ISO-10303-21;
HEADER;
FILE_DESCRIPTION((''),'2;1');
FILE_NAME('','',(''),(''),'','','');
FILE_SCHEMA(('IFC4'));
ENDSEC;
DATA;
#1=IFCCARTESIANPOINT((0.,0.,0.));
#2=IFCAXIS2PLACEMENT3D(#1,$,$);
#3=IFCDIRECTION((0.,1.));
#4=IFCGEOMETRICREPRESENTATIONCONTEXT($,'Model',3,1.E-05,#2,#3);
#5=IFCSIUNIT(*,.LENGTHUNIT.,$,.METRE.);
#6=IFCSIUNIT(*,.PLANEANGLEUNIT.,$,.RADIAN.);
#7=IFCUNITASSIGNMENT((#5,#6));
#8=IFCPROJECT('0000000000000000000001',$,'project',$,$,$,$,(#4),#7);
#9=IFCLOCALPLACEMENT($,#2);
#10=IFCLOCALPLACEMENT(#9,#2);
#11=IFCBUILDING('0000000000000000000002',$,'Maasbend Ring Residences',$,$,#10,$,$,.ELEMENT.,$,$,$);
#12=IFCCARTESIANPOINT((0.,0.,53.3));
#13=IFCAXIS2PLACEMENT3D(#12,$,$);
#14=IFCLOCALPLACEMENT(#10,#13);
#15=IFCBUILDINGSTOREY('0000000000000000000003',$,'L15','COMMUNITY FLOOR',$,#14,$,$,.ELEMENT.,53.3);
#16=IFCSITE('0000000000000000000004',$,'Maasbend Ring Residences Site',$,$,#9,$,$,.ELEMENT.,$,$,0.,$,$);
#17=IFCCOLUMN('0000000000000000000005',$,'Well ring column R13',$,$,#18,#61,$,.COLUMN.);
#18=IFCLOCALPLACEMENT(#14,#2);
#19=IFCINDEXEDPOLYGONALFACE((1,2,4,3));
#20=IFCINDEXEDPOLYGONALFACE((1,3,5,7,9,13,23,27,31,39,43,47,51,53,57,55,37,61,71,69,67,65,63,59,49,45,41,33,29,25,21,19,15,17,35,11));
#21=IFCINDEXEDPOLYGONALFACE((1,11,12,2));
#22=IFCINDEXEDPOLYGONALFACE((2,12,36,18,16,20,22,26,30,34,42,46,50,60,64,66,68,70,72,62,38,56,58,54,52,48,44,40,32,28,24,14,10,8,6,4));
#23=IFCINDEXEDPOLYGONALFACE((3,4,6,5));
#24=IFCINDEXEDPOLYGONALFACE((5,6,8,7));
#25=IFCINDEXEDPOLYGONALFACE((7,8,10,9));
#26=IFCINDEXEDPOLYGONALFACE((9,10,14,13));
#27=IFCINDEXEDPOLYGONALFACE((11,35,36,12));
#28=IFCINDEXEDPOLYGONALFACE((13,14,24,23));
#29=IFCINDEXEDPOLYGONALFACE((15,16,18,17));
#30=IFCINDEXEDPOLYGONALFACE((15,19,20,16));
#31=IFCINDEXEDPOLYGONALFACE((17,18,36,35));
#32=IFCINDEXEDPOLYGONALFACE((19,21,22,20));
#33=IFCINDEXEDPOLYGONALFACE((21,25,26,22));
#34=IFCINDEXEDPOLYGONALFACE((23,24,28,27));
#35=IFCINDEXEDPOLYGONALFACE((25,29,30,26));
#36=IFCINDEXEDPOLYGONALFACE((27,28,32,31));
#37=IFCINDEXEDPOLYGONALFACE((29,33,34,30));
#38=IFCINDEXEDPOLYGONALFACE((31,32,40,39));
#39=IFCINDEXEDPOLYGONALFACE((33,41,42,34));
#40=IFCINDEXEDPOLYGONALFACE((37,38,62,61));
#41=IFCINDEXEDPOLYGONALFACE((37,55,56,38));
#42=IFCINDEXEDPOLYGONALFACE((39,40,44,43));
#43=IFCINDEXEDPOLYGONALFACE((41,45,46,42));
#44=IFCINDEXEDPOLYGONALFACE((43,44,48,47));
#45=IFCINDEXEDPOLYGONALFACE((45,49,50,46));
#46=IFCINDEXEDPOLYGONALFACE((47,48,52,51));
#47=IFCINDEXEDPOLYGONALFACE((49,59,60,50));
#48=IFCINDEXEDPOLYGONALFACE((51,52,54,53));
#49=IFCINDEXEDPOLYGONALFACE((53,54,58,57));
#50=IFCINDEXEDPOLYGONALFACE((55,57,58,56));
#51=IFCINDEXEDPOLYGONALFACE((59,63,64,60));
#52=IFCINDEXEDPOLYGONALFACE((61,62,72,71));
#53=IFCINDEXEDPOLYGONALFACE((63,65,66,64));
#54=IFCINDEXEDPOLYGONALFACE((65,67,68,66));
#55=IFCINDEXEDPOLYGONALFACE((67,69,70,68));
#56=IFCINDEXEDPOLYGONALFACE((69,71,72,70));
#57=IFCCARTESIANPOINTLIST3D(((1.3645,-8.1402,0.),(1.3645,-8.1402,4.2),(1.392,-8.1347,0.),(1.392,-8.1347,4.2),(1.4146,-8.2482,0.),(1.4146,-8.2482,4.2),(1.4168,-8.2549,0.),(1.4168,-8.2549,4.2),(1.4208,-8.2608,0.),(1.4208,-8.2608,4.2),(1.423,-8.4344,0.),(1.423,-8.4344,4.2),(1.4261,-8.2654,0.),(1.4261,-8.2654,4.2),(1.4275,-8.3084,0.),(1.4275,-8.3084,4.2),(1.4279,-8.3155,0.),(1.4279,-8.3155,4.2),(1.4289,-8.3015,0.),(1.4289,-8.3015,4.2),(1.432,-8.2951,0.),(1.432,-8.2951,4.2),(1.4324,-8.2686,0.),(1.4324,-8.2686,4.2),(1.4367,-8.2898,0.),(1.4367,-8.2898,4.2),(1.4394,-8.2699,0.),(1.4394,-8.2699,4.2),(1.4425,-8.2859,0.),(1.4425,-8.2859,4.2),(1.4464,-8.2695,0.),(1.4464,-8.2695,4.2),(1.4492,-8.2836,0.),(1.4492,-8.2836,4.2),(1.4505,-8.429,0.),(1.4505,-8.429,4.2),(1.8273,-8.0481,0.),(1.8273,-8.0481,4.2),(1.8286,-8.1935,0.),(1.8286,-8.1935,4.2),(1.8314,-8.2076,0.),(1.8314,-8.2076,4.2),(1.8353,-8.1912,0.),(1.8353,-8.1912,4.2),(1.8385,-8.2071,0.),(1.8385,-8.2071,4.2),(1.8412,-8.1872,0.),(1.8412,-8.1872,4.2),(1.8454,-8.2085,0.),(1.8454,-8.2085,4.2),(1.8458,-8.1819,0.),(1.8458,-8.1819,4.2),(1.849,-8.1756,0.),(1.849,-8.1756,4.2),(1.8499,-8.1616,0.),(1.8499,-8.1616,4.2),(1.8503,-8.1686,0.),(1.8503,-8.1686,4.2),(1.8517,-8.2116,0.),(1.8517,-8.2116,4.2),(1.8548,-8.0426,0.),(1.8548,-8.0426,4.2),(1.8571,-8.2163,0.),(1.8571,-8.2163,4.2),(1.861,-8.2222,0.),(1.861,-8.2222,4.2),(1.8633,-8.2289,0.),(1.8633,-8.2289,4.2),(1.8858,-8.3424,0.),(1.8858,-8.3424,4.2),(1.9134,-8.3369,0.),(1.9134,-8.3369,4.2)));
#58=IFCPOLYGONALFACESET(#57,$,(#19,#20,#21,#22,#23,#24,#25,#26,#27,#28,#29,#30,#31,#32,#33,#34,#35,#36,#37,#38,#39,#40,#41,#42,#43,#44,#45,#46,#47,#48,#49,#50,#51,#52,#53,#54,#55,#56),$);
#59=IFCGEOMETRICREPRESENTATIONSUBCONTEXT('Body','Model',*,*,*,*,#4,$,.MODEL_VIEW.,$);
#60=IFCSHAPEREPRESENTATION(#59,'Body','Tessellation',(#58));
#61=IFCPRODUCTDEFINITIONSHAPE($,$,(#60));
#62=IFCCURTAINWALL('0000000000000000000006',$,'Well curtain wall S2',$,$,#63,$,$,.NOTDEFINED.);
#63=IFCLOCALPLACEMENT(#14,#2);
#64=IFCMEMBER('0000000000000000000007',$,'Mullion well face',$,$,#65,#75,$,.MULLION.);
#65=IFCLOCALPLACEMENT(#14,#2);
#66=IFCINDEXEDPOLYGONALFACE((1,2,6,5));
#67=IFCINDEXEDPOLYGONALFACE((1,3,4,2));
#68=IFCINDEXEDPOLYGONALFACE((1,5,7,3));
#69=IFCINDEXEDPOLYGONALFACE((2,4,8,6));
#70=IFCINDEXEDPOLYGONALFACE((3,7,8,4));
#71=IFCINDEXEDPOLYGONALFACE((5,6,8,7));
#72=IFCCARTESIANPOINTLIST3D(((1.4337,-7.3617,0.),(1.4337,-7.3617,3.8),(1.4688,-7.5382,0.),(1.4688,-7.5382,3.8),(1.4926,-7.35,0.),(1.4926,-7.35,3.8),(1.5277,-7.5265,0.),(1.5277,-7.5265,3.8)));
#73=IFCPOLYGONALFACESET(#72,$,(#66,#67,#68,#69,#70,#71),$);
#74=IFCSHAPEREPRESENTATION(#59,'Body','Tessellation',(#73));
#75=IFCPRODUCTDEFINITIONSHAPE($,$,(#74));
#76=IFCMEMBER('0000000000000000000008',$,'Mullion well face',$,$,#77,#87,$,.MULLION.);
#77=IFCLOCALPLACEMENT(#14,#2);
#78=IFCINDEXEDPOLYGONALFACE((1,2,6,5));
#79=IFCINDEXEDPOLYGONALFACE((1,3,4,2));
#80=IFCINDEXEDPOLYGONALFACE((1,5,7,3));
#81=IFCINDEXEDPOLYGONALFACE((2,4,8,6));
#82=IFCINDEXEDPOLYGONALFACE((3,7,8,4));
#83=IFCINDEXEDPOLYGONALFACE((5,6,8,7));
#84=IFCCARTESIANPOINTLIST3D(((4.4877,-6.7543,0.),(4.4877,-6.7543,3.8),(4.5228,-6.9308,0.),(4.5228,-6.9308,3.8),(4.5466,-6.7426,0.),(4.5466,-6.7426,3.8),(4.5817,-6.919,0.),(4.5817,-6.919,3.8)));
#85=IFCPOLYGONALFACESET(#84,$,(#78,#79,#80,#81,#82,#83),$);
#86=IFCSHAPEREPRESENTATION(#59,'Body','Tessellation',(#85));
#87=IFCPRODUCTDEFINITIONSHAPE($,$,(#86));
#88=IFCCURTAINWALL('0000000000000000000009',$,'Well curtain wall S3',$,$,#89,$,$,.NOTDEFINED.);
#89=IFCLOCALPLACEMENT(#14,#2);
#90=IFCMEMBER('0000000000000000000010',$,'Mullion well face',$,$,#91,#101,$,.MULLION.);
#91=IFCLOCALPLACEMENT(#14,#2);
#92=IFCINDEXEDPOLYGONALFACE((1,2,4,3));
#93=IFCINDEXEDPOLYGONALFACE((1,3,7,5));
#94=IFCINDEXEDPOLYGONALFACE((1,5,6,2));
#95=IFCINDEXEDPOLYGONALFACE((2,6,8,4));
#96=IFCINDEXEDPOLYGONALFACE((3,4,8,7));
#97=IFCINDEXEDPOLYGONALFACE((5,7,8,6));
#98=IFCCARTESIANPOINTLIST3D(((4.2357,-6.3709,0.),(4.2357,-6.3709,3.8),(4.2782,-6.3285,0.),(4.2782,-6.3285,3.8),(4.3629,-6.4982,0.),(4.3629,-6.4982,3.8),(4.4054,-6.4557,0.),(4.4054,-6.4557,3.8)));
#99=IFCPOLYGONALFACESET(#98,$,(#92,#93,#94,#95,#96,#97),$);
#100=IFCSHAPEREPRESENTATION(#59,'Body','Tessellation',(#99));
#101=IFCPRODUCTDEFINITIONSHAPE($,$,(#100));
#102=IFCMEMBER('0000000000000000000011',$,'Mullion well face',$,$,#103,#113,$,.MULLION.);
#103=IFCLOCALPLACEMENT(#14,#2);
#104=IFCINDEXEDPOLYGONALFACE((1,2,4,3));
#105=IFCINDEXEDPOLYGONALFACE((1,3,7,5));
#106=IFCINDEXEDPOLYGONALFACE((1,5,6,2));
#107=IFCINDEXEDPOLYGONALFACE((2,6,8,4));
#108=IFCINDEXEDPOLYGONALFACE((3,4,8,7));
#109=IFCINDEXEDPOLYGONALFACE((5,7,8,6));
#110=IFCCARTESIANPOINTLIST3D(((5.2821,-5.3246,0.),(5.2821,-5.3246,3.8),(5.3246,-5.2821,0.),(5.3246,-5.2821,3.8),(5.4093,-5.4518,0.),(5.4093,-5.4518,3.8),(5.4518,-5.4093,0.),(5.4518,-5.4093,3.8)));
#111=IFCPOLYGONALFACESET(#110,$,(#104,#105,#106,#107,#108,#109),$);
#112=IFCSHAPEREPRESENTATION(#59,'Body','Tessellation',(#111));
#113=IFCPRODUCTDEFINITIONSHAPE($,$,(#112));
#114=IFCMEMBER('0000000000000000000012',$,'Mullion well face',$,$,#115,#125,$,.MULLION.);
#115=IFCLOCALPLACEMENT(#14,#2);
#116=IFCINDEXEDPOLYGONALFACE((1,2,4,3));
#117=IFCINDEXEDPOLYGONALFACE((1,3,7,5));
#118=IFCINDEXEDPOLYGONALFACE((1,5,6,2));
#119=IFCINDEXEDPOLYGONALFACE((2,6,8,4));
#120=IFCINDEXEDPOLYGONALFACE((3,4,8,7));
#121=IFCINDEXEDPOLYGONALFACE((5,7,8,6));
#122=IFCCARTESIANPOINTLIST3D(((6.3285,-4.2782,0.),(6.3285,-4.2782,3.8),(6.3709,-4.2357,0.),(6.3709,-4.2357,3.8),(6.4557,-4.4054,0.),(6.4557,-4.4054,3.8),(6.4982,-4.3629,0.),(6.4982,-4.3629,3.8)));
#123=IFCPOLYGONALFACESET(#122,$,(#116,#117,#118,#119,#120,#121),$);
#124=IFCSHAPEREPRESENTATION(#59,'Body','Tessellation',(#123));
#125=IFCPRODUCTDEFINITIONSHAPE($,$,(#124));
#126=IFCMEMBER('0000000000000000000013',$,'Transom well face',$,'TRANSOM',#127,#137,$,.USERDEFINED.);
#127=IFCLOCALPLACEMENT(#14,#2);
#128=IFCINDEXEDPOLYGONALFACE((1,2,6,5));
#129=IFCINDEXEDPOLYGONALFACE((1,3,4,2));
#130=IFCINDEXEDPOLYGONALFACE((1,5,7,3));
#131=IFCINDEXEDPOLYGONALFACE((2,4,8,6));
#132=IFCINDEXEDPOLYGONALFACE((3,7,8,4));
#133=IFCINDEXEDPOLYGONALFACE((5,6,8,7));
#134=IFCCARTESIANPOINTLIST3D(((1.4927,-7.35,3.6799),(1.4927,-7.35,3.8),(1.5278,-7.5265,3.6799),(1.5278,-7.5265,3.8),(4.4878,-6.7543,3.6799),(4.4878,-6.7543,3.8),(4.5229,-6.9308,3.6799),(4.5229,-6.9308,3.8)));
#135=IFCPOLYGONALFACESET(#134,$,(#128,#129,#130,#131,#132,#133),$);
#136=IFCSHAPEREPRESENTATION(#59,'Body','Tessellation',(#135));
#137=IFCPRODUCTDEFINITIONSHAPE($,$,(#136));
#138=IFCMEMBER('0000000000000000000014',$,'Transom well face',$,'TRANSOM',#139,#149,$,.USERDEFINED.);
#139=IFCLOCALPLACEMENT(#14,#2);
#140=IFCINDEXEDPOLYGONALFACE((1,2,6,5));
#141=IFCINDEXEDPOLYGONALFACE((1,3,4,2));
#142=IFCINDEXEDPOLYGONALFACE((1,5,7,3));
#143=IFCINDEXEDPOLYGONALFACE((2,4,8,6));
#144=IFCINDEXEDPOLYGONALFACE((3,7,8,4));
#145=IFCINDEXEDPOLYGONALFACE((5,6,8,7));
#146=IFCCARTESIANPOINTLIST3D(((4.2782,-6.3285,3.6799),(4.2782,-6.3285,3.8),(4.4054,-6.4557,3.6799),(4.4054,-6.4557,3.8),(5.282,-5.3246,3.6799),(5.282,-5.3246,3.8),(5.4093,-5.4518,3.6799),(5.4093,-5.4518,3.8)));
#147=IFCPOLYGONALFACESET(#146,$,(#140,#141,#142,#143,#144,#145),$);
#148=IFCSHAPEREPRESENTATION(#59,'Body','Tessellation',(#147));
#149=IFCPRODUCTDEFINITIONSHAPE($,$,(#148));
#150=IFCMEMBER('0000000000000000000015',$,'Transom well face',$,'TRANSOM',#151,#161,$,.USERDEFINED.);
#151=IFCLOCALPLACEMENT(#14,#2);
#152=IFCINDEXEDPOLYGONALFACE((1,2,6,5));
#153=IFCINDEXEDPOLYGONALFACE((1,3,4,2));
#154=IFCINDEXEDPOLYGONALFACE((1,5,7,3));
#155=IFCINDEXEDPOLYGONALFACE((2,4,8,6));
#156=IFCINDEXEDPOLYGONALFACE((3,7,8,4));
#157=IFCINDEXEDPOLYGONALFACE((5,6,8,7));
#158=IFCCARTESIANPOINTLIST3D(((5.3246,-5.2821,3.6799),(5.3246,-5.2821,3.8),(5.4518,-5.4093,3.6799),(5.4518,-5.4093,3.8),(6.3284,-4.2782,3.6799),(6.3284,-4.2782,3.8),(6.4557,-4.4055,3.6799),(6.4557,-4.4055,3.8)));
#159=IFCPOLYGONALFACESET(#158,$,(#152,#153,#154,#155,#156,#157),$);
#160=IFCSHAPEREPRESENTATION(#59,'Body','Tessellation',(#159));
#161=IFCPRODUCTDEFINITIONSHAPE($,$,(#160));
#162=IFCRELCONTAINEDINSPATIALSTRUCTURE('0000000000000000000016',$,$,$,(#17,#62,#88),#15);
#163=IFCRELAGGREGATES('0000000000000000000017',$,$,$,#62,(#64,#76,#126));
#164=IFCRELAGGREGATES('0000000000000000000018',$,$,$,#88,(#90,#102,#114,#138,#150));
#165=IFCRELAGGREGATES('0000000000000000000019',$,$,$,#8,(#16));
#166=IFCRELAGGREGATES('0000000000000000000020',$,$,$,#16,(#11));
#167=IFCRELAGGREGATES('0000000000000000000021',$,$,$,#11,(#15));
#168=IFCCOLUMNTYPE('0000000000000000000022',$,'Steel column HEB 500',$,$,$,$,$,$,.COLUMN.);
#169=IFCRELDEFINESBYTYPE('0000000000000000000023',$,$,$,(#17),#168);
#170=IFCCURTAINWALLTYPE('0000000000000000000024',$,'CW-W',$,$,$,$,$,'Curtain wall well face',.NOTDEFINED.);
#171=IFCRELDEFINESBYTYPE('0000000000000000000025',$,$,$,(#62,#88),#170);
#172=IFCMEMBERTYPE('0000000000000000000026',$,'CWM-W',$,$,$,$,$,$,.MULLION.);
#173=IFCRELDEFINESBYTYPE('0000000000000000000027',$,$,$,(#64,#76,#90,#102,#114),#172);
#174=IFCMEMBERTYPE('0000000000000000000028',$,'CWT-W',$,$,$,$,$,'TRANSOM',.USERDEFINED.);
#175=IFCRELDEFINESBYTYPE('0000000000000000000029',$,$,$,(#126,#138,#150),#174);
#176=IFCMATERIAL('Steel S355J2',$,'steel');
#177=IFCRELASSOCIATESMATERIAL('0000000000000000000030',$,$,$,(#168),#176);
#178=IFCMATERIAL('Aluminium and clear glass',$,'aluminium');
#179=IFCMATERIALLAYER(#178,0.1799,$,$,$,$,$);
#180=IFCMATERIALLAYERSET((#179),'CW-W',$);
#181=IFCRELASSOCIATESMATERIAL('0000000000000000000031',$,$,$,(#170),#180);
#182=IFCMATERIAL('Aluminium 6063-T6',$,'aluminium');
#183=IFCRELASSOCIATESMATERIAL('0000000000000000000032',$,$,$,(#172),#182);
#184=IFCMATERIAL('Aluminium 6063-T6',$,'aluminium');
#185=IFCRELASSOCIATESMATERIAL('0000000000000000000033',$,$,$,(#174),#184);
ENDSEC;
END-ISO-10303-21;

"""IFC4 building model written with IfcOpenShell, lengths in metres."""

from ifc_helpers import new_model, si_unit, direction, frame, origin, origin_2d, place, context, subcontext, project, spatial, rectangle, i_section, extrude, material, layer, layer_set, material_profile, profile_set, type_object, element, aggregate, save


model = new_model("IFC4")

# Units and contexts
model_context = context("Model", 3, precision=1e-05, world=origin(), true_north=direction((0.0, 1.0)))
body_context = subcontext(model_context, "Body", "Model", "MODEL_VIEW")
ifc_project = project(units=[si_unit("LENGTHUNIT", "METRE"), si_unit("PLANEANGLEUNIT", "RADIAN")], contexts=[model_context])

# Site, building, storey
site_placement = place(None, origin())
site = spatial("IfcSite", under=ifc_project, at=site_placement, Name="Maasbend Ring Residences Site", CompositionType="ELEMENT", RefElevation=0.0)
building_placement = place(site_placement, origin())
building = spatial("IfcBuilding", under=site, at=building_placement, Name="Maasbend Ring Residences", CompositionType="ELEMENT")
storey_placement = place(building_placement, frame((0.0, 0.0, 53.3)))
storey = spatial("IfcBuildingStorey", under=building, at=storey_placement, Name="L15", Description="COMMUNITY FLOOR", CompositionType="ELEMENT", Elevation=53.3)

# Column
ifc_material_1 = material(Name="Steel S355J2", Category="steel")
ifc_material_profile_1 = material_profile(ifc_material_1, i_section(OverallWidth=0.3, OverallDepth=0.5, WebThickness=0.0144, FlangeThickness=0.0281, FilletRadius=0.0271, at=origin_2d()), Name="HEB 500")
ifc_profile_set_1 = profile_set([ifc_material_profile_1], Name="Steel S355J2")
column_type = type_object("IfcColumnType", Name="Steel column HEB 500", PredefinedType="COLUMN", material=ifc_profile_set_1)
column_placement = place(storey_placement, frame((1.6389, -8.2385, 0.0), z_axis=(0.0, 0.0, 1.0), x_axis=(0.19509, -0.980785, 0.0)))
element("IfcColumn", 1, at=column_placement, inside=storey, type_object=column_type, Name="Well ring column R13", PredefinedType="COLUMN", context=body_context, shape_type="SweptSolid", body=[
    extrude(i_section(OverallWidth=0.3, OverallDepth=0.5, WebThickness=0.0144, FlangeThickness=0.0281, FilletRadius=0.0271, at=origin_2d()), origin(), (0.0, 0.0, 1.0), 4.2),
])

# Curtain walls, members
ifc_material_2 = material(Name="Aluminium and clear glass", Category="aluminium")
ifc_layer_1 = layer(ifc_material_2, 0.1799)
ifc_layer_set_1 = layer_set([ifc_layer_1], Name="CW-W")
curtain_wall_type = type_object("IfcCurtainWallType", Name="CW-W", ElementType="Curtain wall well face", PredefinedType="NOTDEFINED", material=ifc_layer_set_1)
curtain_wall_1_placement = place(storey_placement, origin())
curtain_wall_1 = element("IfcCurtainWall", 2, at=curtain_wall_1_placement, inside=storey, type_object=curtain_wall_type, Name="Well curtain wall S2", PredefinedType="NOTDEFINED")
ifc_material_3 = material(Name="Aluminium 6063-T6", Category="aluminium")
ifc_material_profile_2 = material_profile(ifc_material_3, rectangle(XDim=0.1799, YDim=0.0601, at=origin_2d()), Name="AL 180x60")
ifc_profile_set_2 = profile_set([ifc_material_profile_2], Name="Aluminium 6063-T6")
member_type_1 = type_object("IfcMemberType", Name="CWM-W", PredefinedType="MULLION", material=ifc_profile_set_2)
member_1_placement = place(storey_placement, frame((1.4807, -7.4441, 0.0), z_axis=(0.0, 0.0, 1.0), x_axis=(-0.19509, 0.980785, 0.0)))
member_1 = element("IfcMember", 3, at=member_1_placement, type_object=member_type_1, Name="Mullion well face", PredefinedType="MULLION", context=body_context, shape_type="SweptSolid", body=[
    extrude(rectangle(XDim=0.1799, YDim=0.0601, at=origin_2d()), origin(), (0.0, 0.0, 1.0), 3.8),
])
member_2_placement = place(storey_placement, frame((4.5347, -6.8367, 0.0), z_axis=(0.0, 0.0, 1.0), x_axis=(-0.19509, 0.980785, 0.0)))
member_2 = element("IfcMember", 4, at=member_2_placement, type_object=member_type_1, Name="Mullion well face", PredefinedType="MULLION", context=body_context, shape_type="SweptSolid", body=[
    extrude(rectangle(XDim=0.1799, YDim=0.0601, at=origin_2d()), origin(), (0.0, 0.0, 1.0), 3.8),
])
curtain_wall_2_placement = place(storey_placement, origin())
curtain_wall_2 = element("IfcCurtainWall", 5, at=curtain_wall_2_placement, inside=storey, type_object=curtain_wall_type, Name="Well curtain wall S3", PredefinedType="NOTDEFINED")
member_3_placement = place(storey_placement, frame((4.3206, -6.4133, 0.0), z_axis=(0.0, 0.0, 1.0), x_axis=(-0.707107, 0.707107, 0.0)))
member_3 = element("IfcMember", 6, at=member_3_placement, type_object=member_type_1, Name="Mullion well face", PredefinedType="MULLION", context=body_context, shape_type="SweptSolid", body=[
    extrude(rectangle(XDim=0.1799, YDim=0.0601, at=origin_2d()), origin(), (0.0, 0.0, 1.0), 3.8),
])
member_4_placement = place(storey_placement, frame((5.3669, -5.3669, 0.0), z_axis=(0.0, 0.0, 1.0), x_axis=(-0.707107, 0.707107, 0.0)))
member_4 = element("IfcMember", 7, at=member_4_placement, type_object=member_type_1, Name="Mullion well face", PredefinedType="MULLION", context=body_context, shape_type="SweptSolid", body=[
    extrude(rectangle(XDim=0.1799, YDim=0.0601, at=origin_2d()), origin(), (0.0, 0.0, 1.0), 3.8),
])
member_5_placement = place(storey_placement, frame((6.4133, -4.3206, 0.0), z_axis=(0.0, 0.0, 1.0), x_axis=(-0.707107, 0.707107, 0.0)))
member_5 = element("IfcMember", 8, at=member_5_placement, type_object=member_type_1, Name="Mullion well face", PredefinedType="MULLION", context=body_context, shape_type="SweptSolid", body=[
    extrude(rectangle(XDim=0.1799, YDim=0.0601, at=origin_2d()), origin(), (0.0, 0.0, 1.0), 3.8),
])

# Members
ifc_material_4 = material(Name="Aluminium 6063-T6", Category="aluminium")
ifc_material_profile_3 = material_profile(ifc_material_4, rectangle(XDim=0.1799, YDim=0.1201, at=origin_2d()), Name="AL 180x120")
ifc_profile_set_3 = profile_set([ifc_material_profile_3], Name="Aluminium 6063-T6")
member_type_2 = type_object("IfcMemberType", Name="CWT-W", ElementType="TRANSOM", PredefinedType="USERDEFINED", material=ifc_profile_set_3)
member_6_placement = place(storey_placement, frame((1.5103, -7.4382, 3.74), z_axis=(0.980789, 0.195071, 0.0), x_axis=(-0.195071, 0.980789, 0.0)))
member_6 = element("IfcMember", 9, at=member_6_placement, type_object=member_type_2, Name="Transom well face", ObjectType="TRANSOM", PredefinedType="USERDEFINED", context=body_context, shape_type="SweptSolid", body=[
    extrude(rectangle(XDim=0.1799, YDim=0.1201, at=origin_2d()), origin(), (0.0, 0.0, 1.0), 3.0537),
])
member_7_placement = place(storey_placement, frame((4.3418, -6.3921, 3.74), z_axis=(0.707107, 0.707107, 0.0), x_axis=(-0.707107, 0.707107, 0.0)))
member_7 = element("IfcMember", 10, at=member_7_placement, type_object=member_type_2, Name="Transom well face", ObjectType="TRANSOM", PredefinedType="USERDEFINED", context=body_context, shape_type="SweptSolid", body=[
    extrude(rectangle(XDim=0.1799, YDim=0.1201, at=origin_2d()), origin(), (0.0, 0.0, 1.0), 1.4197),
])
member_8_placement = place(storey_placement, frame((5.3882, -5.3457, 3.74), z_axis=(0.707107, 0.707107, 0.0), x_axis=(-0.707107, 0.707107, 0.0)))
member_8 = element("IfcMember", 11, at=member_8_placement, type_object=member_type_2, Name="Transom well face", ObjectType="TRANSOM", PredefinedType="USERDEFINED", context=body_context, shape_type="SweptSolid", body=[
    extrude(rectangle(XDim=0.1799, YDim=0.1201, at=origin_2d()), origin(), (0.0, 0.0, 1.0), 1.4197),
])

aggregate(curtain_wall_1, [member_1, member_2, member_6])
aggregate(curtain_wall_2, [member_3, member_4, member_5, member_7, member_8])

save(model, "model.ifc")
